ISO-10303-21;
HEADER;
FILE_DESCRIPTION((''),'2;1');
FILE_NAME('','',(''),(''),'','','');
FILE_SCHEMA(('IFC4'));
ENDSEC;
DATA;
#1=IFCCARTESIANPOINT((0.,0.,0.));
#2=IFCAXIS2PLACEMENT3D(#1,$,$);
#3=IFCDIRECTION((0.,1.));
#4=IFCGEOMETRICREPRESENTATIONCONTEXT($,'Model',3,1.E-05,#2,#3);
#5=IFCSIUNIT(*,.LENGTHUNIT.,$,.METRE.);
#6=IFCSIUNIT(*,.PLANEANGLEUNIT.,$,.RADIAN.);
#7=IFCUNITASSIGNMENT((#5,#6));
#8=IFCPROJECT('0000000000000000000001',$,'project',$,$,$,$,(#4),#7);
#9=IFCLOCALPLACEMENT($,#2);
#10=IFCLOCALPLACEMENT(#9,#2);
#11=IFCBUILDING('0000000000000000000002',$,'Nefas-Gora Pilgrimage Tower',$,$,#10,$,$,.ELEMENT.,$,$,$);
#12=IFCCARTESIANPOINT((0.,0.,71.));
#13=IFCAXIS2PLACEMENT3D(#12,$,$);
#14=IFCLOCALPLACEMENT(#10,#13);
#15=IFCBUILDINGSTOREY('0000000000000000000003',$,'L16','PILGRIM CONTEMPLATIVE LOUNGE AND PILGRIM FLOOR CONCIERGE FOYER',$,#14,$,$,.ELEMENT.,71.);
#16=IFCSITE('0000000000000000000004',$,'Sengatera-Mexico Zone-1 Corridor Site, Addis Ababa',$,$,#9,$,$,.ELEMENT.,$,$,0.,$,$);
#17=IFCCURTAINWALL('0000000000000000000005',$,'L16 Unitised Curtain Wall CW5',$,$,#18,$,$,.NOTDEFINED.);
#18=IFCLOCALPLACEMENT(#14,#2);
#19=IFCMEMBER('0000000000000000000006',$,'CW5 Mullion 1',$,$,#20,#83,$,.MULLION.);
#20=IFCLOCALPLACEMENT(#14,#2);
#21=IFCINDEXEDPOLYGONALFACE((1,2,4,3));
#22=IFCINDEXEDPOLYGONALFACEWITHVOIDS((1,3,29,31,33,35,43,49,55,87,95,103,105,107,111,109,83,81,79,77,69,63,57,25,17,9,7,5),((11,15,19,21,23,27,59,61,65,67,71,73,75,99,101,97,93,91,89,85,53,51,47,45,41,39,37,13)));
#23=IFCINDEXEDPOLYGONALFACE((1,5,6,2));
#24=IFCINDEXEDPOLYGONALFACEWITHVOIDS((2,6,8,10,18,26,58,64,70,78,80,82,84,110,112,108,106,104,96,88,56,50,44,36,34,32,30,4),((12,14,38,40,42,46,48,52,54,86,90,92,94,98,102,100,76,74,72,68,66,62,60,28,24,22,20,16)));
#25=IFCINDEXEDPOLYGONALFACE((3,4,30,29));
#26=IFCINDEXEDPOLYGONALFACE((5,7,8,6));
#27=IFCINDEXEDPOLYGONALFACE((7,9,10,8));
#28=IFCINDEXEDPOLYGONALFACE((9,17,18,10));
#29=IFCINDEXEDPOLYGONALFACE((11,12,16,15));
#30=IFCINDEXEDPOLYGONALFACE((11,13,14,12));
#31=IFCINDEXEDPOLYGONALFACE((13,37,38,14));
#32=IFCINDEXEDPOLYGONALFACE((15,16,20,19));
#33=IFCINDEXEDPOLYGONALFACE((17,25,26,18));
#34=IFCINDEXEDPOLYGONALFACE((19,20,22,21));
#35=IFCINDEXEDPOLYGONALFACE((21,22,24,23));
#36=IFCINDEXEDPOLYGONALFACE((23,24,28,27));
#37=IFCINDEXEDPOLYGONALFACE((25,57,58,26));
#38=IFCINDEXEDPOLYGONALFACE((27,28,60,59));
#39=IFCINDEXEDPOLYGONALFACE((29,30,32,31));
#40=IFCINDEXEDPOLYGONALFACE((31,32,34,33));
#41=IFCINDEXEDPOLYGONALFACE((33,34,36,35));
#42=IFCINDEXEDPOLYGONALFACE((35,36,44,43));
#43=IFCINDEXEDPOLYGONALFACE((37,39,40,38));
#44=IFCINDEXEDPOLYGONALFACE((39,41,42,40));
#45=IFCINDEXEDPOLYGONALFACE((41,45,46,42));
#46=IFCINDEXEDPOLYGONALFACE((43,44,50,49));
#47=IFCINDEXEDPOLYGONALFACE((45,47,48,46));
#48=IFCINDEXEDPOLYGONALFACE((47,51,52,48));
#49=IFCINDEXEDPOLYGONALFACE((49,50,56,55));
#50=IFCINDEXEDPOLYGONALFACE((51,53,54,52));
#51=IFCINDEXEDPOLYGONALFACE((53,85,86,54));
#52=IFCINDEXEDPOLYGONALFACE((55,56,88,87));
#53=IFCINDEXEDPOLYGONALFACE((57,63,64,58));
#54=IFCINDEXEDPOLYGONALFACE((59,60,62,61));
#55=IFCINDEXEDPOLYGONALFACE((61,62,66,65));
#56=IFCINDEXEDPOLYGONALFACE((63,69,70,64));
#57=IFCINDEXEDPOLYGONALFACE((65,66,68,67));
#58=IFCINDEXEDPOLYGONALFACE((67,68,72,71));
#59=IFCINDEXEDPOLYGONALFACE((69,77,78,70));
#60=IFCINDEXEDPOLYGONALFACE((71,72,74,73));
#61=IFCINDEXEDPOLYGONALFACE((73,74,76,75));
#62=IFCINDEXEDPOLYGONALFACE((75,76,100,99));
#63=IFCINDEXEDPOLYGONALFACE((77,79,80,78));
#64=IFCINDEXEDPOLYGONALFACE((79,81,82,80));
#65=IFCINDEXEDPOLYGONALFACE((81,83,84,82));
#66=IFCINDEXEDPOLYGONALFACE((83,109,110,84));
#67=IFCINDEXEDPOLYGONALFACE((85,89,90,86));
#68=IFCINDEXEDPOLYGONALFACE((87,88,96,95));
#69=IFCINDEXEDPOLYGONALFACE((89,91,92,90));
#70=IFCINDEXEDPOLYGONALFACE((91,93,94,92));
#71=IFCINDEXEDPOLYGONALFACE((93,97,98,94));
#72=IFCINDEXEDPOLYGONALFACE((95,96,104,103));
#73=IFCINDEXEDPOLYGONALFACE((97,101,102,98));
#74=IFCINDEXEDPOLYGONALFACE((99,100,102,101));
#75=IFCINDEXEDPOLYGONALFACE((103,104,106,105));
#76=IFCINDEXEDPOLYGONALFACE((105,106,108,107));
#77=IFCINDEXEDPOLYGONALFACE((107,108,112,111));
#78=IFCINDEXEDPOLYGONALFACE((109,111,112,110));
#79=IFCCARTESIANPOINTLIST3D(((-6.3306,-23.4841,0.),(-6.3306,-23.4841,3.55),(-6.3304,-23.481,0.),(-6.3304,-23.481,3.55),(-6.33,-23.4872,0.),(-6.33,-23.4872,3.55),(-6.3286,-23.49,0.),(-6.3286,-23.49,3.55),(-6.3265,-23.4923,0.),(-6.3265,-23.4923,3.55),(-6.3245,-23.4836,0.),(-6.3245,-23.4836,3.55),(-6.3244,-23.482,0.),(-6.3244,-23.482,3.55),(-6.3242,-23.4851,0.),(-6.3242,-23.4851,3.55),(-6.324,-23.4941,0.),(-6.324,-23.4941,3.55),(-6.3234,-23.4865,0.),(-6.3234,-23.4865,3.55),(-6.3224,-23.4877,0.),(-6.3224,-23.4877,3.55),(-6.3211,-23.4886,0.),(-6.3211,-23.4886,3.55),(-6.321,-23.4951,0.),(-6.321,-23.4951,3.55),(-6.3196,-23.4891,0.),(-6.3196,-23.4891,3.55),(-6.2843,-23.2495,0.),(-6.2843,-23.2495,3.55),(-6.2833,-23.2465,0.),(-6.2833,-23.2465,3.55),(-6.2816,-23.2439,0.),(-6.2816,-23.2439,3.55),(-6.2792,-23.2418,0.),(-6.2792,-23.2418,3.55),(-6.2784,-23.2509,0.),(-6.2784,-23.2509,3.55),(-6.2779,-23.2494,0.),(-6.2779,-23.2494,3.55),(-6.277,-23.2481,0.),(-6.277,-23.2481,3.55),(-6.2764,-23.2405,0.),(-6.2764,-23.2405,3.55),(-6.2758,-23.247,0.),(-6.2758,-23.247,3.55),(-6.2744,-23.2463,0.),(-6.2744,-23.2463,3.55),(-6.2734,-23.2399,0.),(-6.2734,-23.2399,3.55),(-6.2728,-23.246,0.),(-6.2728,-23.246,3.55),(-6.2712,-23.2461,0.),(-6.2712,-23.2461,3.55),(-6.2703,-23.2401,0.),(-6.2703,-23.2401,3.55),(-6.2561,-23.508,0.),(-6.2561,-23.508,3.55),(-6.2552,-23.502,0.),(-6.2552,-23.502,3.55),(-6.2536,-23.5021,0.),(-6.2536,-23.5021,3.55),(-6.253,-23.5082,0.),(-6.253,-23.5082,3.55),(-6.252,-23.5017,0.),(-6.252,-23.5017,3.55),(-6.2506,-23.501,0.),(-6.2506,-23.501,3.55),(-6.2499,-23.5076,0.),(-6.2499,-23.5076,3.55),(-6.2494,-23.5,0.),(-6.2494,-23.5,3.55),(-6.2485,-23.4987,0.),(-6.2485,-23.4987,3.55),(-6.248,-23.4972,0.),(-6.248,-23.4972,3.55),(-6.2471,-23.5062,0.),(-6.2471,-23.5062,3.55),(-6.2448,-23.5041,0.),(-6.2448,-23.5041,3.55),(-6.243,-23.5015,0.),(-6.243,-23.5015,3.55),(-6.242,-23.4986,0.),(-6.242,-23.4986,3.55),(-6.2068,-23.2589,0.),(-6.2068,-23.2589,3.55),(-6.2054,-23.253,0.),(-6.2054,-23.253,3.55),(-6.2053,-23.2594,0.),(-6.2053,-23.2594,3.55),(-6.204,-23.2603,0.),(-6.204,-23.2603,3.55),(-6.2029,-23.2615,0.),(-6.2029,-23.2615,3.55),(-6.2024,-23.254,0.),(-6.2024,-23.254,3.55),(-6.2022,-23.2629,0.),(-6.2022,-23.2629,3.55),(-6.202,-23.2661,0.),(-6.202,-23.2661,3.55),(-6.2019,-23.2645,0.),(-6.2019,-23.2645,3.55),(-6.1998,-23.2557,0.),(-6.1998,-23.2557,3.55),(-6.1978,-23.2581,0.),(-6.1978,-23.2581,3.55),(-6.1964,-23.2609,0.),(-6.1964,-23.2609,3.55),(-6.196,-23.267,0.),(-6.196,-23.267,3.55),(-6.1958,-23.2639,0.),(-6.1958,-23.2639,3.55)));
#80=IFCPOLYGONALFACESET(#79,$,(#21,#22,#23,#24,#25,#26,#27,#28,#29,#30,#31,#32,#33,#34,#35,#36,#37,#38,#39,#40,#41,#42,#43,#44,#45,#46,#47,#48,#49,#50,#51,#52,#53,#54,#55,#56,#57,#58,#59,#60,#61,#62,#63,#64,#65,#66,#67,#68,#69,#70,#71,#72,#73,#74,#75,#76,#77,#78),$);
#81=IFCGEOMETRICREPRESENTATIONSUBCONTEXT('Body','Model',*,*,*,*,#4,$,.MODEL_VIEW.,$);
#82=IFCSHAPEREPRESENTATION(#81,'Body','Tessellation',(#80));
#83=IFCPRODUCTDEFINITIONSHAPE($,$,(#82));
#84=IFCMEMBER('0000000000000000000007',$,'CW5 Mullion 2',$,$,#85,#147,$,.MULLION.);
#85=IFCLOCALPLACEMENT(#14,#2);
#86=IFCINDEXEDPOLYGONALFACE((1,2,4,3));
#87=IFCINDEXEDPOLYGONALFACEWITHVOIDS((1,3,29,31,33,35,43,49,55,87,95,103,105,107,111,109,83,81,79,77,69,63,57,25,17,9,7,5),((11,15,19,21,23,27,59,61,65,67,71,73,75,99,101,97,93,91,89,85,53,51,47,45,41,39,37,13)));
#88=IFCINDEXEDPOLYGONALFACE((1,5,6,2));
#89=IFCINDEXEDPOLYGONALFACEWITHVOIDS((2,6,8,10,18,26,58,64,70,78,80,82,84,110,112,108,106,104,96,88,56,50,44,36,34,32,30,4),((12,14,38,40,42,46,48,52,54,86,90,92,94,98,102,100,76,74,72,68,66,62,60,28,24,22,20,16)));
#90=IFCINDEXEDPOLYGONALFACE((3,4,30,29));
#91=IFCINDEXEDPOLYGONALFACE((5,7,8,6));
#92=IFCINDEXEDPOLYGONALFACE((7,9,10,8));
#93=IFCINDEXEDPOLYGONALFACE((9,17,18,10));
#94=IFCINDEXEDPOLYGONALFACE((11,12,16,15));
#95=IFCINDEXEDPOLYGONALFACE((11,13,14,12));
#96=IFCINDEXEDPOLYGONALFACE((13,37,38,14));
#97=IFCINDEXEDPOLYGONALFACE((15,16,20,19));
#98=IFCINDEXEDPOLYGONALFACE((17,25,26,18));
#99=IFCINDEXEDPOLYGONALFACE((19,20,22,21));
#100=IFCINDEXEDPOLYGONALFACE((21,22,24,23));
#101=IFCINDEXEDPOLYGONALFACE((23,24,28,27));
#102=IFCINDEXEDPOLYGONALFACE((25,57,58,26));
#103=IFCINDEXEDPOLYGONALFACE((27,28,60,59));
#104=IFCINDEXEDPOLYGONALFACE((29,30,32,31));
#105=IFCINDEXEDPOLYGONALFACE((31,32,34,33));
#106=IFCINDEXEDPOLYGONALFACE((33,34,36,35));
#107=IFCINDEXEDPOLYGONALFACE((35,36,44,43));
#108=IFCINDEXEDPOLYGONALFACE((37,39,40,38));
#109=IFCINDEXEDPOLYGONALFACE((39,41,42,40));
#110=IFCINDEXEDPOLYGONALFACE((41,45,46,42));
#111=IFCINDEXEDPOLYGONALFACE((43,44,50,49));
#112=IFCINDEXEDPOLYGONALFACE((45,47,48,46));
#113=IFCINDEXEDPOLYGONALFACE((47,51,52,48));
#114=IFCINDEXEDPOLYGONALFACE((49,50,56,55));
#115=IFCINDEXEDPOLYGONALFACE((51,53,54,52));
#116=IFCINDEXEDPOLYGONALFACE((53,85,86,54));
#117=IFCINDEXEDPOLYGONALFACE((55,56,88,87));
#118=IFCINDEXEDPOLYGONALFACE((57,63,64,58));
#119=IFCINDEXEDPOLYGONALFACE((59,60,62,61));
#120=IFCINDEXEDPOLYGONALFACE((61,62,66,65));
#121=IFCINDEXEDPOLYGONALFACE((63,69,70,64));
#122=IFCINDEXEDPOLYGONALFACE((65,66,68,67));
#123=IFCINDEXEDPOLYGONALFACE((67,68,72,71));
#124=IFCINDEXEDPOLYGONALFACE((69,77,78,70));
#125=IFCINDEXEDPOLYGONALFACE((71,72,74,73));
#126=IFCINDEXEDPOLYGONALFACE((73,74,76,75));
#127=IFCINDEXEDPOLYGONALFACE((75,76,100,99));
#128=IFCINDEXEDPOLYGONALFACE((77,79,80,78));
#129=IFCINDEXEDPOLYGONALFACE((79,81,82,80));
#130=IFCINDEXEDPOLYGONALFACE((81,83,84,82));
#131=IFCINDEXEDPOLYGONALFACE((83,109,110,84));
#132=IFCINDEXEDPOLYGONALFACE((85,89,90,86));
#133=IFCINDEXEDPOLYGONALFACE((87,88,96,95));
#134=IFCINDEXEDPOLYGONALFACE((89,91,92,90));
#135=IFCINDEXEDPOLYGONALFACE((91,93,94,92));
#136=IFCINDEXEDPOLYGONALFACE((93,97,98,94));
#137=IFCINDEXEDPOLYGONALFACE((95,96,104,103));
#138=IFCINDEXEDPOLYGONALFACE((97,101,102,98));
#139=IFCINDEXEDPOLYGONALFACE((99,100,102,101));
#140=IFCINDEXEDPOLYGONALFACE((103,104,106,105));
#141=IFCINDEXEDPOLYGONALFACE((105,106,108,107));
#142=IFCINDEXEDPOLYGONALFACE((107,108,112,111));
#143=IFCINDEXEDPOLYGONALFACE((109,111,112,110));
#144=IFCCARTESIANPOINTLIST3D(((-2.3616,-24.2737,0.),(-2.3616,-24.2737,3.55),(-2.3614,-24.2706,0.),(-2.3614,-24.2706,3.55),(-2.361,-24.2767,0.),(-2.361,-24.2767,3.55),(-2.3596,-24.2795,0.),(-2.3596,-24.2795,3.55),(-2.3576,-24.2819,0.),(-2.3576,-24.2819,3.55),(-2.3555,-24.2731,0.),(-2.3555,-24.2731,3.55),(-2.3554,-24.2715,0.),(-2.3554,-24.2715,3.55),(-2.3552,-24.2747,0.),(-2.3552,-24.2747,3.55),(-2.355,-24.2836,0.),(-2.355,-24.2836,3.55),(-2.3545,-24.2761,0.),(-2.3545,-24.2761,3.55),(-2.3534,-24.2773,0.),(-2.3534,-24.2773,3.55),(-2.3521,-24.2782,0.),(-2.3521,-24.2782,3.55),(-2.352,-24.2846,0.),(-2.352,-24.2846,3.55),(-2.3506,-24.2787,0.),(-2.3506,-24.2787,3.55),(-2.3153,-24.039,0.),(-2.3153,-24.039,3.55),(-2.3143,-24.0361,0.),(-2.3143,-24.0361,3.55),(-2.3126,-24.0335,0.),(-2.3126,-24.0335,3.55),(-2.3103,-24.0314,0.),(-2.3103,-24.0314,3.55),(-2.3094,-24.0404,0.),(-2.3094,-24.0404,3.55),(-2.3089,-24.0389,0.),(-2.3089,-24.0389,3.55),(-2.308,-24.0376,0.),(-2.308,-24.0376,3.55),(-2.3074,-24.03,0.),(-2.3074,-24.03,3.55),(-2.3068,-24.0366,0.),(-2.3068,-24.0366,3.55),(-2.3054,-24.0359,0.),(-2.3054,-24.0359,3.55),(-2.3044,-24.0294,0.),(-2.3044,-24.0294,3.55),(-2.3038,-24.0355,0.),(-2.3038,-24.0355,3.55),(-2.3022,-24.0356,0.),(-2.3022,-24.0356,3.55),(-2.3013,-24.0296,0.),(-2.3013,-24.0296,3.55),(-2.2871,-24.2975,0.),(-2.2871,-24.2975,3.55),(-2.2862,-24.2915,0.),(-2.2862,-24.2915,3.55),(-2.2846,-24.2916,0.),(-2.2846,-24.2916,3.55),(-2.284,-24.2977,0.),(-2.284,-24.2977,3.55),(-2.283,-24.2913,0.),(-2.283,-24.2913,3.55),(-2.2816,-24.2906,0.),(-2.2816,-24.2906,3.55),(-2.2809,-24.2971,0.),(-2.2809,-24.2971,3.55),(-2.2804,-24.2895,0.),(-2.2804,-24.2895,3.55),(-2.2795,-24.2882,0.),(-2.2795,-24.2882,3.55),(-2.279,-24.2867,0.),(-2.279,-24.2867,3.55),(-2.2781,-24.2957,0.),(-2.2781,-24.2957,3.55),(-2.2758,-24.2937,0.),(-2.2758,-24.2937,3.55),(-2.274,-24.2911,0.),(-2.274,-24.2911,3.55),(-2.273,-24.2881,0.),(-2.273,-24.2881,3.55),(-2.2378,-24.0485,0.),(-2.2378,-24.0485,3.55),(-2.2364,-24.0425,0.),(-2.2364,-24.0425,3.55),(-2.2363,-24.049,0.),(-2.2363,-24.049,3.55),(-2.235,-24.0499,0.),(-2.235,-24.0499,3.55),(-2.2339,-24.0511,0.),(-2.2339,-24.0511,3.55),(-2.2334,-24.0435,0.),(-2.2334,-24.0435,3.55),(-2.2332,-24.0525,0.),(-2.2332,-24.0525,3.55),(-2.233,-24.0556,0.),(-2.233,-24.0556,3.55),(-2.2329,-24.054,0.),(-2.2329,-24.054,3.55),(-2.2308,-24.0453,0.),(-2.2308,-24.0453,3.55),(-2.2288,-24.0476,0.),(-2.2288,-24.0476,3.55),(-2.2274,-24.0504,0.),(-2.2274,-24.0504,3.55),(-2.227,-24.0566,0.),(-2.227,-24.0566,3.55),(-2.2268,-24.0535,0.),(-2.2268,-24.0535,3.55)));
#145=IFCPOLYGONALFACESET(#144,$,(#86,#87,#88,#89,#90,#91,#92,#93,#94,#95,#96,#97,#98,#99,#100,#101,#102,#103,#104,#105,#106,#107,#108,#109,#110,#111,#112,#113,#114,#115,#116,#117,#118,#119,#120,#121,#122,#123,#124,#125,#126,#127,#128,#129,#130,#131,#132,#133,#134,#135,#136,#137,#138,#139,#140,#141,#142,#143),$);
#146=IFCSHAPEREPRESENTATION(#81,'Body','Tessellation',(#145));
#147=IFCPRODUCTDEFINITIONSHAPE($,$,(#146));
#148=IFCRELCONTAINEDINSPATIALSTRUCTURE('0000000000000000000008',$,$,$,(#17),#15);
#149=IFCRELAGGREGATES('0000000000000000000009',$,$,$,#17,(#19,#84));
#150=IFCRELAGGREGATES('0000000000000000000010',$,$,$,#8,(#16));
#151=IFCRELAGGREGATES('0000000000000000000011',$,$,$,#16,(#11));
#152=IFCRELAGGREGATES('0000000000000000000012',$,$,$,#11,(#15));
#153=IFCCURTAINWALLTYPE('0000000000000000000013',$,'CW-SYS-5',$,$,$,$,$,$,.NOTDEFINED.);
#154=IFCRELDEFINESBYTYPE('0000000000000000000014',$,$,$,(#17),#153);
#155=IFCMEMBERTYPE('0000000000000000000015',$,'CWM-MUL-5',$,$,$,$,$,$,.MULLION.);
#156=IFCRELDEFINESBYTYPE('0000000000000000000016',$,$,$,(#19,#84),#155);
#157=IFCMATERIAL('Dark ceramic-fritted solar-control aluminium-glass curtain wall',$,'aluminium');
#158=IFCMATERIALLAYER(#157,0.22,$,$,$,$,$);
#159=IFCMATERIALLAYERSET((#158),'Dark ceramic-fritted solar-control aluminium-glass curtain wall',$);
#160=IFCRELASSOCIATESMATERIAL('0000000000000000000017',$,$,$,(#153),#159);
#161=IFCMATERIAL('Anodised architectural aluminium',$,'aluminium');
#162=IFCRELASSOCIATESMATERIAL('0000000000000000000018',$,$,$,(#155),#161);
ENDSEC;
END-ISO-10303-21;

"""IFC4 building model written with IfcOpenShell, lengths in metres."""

from ifc_helpers import new_model, si_unit, direction, frame, origin, origin_2d, place, context, subcontext, project, spatial, hollow_rectangle, extrude, source, transform, mapped, material, layer, layer_set, material_profile, profile_set, type_object, element, aggregate, save


model = new_model("IFC4")

# Units and contexts
model_context = context("Model", 3, precision=1e-05, world=origin(), true_north=direction((0.0, 1.0)))
body_context = subcontext(model_context, "Body", "Model", "MODEL_VIEW")
ifc_project = project(units=[si_unit("LENGTHUNIT", "METRE"), si_unit("PLANEANGLEUNIT", "RADIAN")], contexts=[model_context])

# Site, building, storey
site_placement = place(None, origin())
site = spatial("IfcSite", under=ifc_project, at=site_placement, Name="Sengatera-Mexico Zone-1 Corridor Site, Addis Ababa", CompositionType="ELEMENT", RefElevation=0.0)
building_placement = place(site_placement, origin())
building = spatial("IfcBuilding", under=site, at=building_placement, Name="Nefas-Gora Pilgrimage Tower", CompositionType="ELEMENT")
storey_placement = place(building_placement, frame((0.0, 0.0, 71.0)))
storey = spatial("IfcBuildingStorey", under=building, at=storey_placement, Name="L16", Description="PILGRIM CONTEMPLATIVE LOUNGE AND PILGRIM FLOOR CONCIERGE FOYER", CompositionType="ELEMENT", Elevation=71.0)

# Shared definitions
ifc_material_1 = material(Name="Dark ceramic-fritted solar-control aluminium-glass curtain wall", Category="aluminium")
ifc_layer_1 = layer(ifc_material_1, 0.22)
ifc_layer_set_1 = layer_set([ifc_layer_1], Name="Dark ceramic-fritted solar-control aluminium-glass curtain wall")
curtain_wall_type = type_object("IfcCurtainWallType", Name="CW-SYS-5", PredefinedType="NOTDEFINED", material=ifc_layer_set_1)
ifc_material_2 = material(Name="Anodised architectural aluminium", Category="aluminium")
ifc_material_profile_1 = material_profile(ifc_material_2, hollow_rectangle(XDim=0.0901, YDim=0.26, WallThickness=0.0061, InnerFilletRadius=0.0061, OuterFilletRadius=0.012, at=origin_2d()), Name="ALU MULLION 90x260")
ifc_profile_set_1 = profile_set([ifc_material_profile_1], Name="Anodised architectural aluminium")
member_type_1 = type_object("IfcMemberType", Name="CWM-MUL-5", PredefinedType="MULLION", material=ifc_profile_set_1)
shared_shape_1 = source(origin(), body_context, "Body", "SweptSolid", [
    extrude(hollow_rectangle(XDim=0.0901, YDim=0.26, WallThickness=0.0061, InnerFilletRadius=0.0061, OuterFilletRadius=0.012, at=origin_2d()), origin(), (0.0, 0.0, 1.0), 3.55),
])

# Curtain wall, members
curtain_wall_1_placement = place(storey_placement, origin())
curtain_wall_1 = element("IfcCurtainWall", 1, at=curtain_wall_1_placement, inside=storey, type_object=curtain_wall_type, Name="L16 Unitised Curtain Wall CW5", PredefinedType="NOTDEFINED")
member_1_placement = place(storey_placement, frame((-6.2632, -23.374, 0.0), z_axis=(0.0, 0.0, 1.0), x_axis=(0.980783, -0.195102, 0.0)))
member_1 = element("IfcMember", 2, at=member_1_placement, type_object=member_type_1, Name="CW5 Mullion 1", PredefinedType="MULLION", context=body_context, shape_type="MappedRepresentation", body=[
    mapped(shared_shape_1, transform((0.0, 0.0, 0.0), x_axis=(1.0, 0.0, 0.0), y_axis=(0.0, 1.0, 0.0), z_axis=(0.0, 0.0, 1.0), scale=1.0)),
])
member_2_placement = place(storey_placement, frame((-2.2942, -24.1636, 0.0), z_axis=(0.0, 0.0, 1.0), x_axis=(0.980783, -0.195102, 0.0)))
member_2 = element("IfcMember", 3, at=member_2_placement, type_object=member_type_1, Name="CW5 Mullion 2", PredefinedType="MULLION", context=body_context, shape_type="MappedRepresentation", body=[
    mapped(shared_shape_1, transform((0.0, 0.0, 0.0), x_axis=(1.0, 0.0, 0.0), y_axis=(0.0, 1.0, 0.0), z_axis=(0.0, 0.0, 1.0), scale=1.0)),
])

aggregate(curtain_wall_1, [member_1, member_2])

save(model, "model.ifc")
